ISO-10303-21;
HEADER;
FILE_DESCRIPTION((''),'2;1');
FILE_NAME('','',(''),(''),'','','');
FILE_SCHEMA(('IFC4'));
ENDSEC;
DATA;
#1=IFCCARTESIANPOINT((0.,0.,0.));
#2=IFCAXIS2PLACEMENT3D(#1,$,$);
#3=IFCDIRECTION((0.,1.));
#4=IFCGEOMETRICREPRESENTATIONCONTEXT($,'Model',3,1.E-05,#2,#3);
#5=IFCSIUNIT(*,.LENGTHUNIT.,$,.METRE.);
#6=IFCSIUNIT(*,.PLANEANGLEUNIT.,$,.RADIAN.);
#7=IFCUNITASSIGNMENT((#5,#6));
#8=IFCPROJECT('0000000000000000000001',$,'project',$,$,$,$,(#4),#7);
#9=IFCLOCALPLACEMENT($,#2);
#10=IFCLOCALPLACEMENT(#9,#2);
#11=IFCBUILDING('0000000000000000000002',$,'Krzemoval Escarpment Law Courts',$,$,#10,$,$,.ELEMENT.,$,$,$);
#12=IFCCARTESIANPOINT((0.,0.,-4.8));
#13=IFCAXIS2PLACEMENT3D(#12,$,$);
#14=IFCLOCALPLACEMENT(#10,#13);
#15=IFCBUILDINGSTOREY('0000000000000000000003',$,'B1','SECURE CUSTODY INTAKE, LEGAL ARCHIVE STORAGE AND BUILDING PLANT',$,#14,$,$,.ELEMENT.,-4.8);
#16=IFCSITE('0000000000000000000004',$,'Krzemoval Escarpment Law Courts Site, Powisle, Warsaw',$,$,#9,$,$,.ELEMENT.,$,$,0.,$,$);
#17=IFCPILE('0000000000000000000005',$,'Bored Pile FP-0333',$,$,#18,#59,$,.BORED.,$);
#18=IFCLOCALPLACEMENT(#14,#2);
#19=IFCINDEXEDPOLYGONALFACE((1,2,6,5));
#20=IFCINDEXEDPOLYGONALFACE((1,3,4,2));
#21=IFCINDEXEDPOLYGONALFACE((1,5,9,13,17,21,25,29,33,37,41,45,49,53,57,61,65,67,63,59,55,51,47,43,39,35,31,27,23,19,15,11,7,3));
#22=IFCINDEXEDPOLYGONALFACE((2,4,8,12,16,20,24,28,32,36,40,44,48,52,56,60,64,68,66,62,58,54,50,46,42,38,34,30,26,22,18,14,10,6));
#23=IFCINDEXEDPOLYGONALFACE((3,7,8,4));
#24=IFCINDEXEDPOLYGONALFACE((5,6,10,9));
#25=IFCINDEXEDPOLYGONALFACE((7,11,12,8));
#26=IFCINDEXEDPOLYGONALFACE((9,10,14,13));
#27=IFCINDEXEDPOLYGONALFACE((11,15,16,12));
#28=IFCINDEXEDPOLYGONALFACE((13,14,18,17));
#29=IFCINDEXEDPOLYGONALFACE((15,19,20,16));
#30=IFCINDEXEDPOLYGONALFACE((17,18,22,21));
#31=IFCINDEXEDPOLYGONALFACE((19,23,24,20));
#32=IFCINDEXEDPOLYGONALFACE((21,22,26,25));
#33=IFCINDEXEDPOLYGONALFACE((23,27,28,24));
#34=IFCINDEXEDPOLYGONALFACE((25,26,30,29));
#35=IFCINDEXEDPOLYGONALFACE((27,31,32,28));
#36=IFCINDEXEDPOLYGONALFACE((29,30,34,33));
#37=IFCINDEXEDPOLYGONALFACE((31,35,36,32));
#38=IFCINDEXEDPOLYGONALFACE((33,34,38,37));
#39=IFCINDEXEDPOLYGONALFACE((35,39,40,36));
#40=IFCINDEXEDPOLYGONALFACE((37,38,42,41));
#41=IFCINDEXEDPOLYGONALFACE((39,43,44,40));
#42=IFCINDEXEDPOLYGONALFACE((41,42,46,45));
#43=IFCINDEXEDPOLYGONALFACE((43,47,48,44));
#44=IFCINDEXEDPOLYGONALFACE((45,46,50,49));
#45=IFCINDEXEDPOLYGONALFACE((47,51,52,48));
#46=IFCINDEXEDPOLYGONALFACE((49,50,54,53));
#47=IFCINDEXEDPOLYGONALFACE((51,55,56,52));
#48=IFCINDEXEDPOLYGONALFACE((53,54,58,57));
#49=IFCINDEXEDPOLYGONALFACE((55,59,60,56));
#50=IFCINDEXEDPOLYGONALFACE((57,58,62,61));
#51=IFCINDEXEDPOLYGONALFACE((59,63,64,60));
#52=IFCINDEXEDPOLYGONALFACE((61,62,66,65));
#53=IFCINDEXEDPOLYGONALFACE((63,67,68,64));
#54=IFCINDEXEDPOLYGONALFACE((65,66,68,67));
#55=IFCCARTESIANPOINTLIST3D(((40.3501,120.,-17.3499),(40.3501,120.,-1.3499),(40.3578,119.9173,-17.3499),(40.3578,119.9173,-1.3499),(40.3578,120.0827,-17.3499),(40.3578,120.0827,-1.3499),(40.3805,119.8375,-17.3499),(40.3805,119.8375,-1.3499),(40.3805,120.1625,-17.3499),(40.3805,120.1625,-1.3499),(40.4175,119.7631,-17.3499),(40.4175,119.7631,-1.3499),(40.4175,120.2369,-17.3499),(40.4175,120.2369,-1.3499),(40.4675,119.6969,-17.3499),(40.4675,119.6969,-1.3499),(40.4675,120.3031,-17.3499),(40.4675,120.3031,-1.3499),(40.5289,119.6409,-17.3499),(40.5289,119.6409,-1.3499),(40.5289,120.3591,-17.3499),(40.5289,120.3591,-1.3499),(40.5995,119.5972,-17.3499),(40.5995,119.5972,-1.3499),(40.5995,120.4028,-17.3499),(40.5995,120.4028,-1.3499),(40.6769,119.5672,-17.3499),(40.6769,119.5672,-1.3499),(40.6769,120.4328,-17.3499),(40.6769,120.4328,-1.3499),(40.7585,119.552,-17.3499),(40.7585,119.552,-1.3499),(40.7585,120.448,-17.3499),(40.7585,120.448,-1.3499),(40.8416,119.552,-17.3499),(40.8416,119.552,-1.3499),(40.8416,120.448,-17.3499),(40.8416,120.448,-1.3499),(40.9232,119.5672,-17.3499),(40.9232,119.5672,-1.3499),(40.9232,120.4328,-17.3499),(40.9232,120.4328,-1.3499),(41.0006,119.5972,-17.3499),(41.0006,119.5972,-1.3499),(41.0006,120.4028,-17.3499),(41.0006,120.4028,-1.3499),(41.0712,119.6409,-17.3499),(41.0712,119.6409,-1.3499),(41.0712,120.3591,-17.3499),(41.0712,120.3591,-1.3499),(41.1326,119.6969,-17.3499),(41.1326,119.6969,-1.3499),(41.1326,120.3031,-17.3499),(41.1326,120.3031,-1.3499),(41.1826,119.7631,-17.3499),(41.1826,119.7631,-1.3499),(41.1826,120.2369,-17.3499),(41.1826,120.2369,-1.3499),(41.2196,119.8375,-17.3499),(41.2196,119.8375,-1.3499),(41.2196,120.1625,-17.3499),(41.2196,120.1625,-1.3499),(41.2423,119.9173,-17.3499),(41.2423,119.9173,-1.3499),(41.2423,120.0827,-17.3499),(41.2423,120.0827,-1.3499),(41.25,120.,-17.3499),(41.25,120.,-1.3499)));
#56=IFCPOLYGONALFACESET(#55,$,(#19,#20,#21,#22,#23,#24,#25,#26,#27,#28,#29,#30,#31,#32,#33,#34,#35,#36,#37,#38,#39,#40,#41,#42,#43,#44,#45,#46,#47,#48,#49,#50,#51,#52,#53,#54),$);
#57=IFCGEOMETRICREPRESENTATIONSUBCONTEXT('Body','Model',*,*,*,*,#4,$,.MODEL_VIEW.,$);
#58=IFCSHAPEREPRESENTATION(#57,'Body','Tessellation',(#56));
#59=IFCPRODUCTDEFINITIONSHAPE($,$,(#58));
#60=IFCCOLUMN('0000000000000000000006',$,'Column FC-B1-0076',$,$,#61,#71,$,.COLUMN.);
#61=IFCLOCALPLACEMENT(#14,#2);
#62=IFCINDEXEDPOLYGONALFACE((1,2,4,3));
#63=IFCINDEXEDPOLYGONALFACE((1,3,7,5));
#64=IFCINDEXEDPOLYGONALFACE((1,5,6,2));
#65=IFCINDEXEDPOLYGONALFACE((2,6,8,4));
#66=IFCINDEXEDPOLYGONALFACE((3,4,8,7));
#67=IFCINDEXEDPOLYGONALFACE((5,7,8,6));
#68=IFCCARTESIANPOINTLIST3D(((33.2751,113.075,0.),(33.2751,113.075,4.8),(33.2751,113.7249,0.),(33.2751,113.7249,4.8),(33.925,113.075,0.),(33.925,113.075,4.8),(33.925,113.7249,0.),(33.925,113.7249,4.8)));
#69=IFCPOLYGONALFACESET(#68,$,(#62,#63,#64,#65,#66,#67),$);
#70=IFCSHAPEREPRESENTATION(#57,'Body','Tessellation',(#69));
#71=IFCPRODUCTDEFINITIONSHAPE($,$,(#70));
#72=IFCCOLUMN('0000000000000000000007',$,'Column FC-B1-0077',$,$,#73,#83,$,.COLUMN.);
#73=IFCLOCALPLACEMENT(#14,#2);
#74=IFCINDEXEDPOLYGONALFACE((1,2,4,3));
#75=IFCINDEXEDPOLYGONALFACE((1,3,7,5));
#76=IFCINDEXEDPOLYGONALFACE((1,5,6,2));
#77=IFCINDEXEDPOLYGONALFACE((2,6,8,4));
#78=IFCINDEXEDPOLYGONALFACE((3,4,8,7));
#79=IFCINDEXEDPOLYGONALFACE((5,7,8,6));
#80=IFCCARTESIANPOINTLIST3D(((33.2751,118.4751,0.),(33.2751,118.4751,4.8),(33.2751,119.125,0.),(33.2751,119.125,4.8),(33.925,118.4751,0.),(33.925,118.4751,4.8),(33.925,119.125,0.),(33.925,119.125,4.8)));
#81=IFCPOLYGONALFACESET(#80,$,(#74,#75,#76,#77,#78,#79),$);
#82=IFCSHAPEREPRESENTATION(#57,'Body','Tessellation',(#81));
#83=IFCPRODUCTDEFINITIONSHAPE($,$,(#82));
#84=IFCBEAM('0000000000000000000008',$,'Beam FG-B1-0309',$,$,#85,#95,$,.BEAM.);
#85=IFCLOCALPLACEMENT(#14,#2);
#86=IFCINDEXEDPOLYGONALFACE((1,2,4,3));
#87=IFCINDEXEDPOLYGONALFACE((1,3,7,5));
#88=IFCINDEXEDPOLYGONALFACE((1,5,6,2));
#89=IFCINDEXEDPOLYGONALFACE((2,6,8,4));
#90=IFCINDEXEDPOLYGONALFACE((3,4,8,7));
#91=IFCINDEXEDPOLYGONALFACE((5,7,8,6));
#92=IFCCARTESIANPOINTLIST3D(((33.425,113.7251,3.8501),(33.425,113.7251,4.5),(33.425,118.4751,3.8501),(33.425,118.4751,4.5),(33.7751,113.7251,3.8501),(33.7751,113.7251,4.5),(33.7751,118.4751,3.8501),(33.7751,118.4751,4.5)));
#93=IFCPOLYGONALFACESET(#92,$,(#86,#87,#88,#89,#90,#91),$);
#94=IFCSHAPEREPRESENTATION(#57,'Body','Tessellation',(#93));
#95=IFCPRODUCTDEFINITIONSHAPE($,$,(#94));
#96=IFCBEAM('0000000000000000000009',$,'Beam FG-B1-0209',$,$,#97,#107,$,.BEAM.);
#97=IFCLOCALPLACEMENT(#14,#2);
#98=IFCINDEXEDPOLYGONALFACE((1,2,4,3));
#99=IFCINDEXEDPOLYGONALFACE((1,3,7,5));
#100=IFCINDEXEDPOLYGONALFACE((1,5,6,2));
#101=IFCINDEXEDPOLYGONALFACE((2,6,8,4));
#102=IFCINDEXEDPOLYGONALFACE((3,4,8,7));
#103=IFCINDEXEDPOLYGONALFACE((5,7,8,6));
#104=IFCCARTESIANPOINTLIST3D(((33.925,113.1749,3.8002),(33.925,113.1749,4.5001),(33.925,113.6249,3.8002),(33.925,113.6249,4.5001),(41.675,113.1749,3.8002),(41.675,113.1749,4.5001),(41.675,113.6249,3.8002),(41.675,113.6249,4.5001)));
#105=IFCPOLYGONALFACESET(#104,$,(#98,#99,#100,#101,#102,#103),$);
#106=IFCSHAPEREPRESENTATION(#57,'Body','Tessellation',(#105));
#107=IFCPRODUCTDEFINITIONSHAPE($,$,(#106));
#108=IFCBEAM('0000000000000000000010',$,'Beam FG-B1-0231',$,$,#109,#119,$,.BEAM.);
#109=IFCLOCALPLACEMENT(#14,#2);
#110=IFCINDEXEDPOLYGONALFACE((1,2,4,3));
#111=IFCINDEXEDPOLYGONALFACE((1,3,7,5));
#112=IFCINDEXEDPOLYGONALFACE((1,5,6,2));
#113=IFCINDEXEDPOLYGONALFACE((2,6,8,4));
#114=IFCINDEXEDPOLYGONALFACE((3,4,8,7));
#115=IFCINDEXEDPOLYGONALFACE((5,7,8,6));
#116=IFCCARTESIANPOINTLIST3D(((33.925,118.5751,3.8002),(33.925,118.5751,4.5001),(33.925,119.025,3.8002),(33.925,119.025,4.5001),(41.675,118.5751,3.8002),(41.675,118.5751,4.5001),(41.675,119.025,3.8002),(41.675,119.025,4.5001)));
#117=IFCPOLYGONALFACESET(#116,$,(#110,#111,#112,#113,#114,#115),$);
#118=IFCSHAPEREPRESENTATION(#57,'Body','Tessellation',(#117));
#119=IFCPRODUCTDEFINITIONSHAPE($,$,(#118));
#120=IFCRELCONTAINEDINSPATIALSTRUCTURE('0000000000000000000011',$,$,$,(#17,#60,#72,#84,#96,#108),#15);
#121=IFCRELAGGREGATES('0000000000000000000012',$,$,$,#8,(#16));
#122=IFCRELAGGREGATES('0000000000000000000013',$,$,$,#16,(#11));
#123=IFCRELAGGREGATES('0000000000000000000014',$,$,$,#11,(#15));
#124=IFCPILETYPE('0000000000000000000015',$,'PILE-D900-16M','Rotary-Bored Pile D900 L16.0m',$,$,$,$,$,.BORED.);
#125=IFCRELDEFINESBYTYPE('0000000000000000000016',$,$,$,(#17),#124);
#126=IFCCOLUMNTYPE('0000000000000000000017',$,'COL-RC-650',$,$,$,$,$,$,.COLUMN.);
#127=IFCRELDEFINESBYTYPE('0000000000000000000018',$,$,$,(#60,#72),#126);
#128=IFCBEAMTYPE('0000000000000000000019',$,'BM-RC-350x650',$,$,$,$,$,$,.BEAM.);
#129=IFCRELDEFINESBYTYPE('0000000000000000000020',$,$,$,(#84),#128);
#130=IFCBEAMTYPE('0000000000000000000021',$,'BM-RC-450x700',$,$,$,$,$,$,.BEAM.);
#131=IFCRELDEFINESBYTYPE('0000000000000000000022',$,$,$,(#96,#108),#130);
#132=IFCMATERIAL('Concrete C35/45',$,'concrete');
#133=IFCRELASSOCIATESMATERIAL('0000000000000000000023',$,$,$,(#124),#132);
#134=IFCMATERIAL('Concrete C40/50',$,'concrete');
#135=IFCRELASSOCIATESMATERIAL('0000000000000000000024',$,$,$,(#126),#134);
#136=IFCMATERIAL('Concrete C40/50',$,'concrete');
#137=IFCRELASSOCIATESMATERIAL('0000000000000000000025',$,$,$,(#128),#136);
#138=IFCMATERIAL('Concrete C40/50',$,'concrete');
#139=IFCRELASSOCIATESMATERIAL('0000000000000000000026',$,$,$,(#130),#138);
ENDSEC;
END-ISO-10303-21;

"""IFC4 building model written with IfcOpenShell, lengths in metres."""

from ifc_helpers import new_model, si_unit, direction, frame, origin, origin_2d, place, context, subcontext, project, spatial, rectangle, circle, extrude, material, material_profile, profile_set, type_object, element, save


model = new_model("IFC4")

# Units and contexts
model_context = context("Model", 3, precision=1e-05, world=origin(), true_north=direction((0.0, 1.0)))
body_context = subcontext(model_context, "Body", "Model", "MODEL_VIEW")
ifc_project = project(units=[si_unit("LENGTHUNIT", "METRE"), si_unit("PLANEANGLEUNIT", "RADIAN")], contexts=[model_context])

# Site, building, storey
site_placement = place(None, origin())
site = spatial("IfcSite", under=ifc_project, at=site_placement, Name="Krzemoval Escarpment Law Courts Site, Powisle, Warsaw", CompositionType="ELEMENT", RefElevation=0.0)
building_placement = place(site_placement, origin())
building = spatial("IfcBuilding", under=site, at=building_placement, Name="Krzemoval Escarpment Law Courts", CompositionType="ELEMENT")
storey_placement = place(building_placement, frame((0.0, 0.0, -4.8)))
storey = spatial("IfcBuildingStorey", under=building, at=storey_placement, Name="B1", Description="SECURE CUSTODY INTAKE, LEGAL ARCHIVE STORAGE AND BUILDING PLANT", CompositionType="ELEMENT", Elevation=-4.8)

# Pile
ifc_material_1 = material(Name="Concrete C35/45", Category="concrete")
ifc_material_profile_1 = material_profile(ifc_material_1, circle(Radius=0.45, at=origin_2d()), Name="PILE D900")
ifc_profile_set_1 = profile_set([ifc_material_profile_1], Name="Concrete C35/45")
pile_type = type_object("IfcPileType", Name="PILE-D900-16M", Description="Rotary-Bored Pile D900 L16.0m", PredefinedType="BORED", material=ifc_profile_set_1)
for number, where, z_axis, x_axis, name in (
    (1, (40.8, 120.0, -1.3499), (0.0, 0.0, -1.0), (1.0, 0.0, 0.0), "Bored Pile FP-0333"),
):
    element("IfcPile", number, at=place(storey_placement, frame(where, z_axis=z_axis, x_axis=x_axis)), inside=storey, type_object=pile_type, Name=name, PredefinedType="BORED", context=body_context, shape_type="SweptSolid", body=[
        extrude(circle(Radius=0.45, at=origin_2d()), origin(), (0.0, 0.0, 1.0), 16.0),
    ])

# Columns
ifc_material_2 = material(Name="Concrete C40/50", Category="concrete")
ifc_material_profile_2 = material_profile(ifc_material_2, rectangle(XDim=0.6499, YDim=0.6499, at=origin_2d()), Name="RC 650x650")
ifc_profile_set_2 = profile_set([ifc_material_profile_2], Name="Concrete C40/50")
column_type = type_object("IfcColumnType", Name="COL-RC-650", PredefinedType="COLUMN", material=ifc_profile_set_2)
for number, where, z_axis, x_axis, name in (
    (2, (33.6001, 113.3999, 0.0), (0.0, 0.0, 1.0), (1.0, 0.0, 0.0), "Column FC-B1-0076"),
    (3, (33.6001, 118.8, 0.0), (0.0, 0.0, 1.0), (1.0, 0.0, 0.0), "Column FC-B1-0077"),
):
    element("IfcColumn", number, at=place(storey_placement, frame(where, z_axis=z_axis, x_axis=x_axis)), inside=storey, type_object=column_type, Name=name, PredefinedType="COLUMN", context=body_context, shape_type="SweptSolid", body=[
        extrude(rectangle(XDim=0.6499, YDim=0.6499, at=origin_2d()), origin(), (0.0, 0.0, 1.0), 4.8),
    ])

# Beams
ifc_material_3 = material(Name="Concrete C40/50", Category="concrete")
ifc_material_profile_3 = material_profile(ifc_material_3, rectangle(XDim=0.3501, YDim=0.6499, at=origin_2d()), Name="RCB 350x650")
ifc_profile_set_3 = profile_set([ifc_material_profile_3], Name="Concrete C40/50")
beam_type_1 = type_object("IfcBeamType", Name="BM-RC-350x650", PredefinedType="BEAM", material=ifc_profile_set_3)
beam_placement = place(storey_placement, frame((33.6001, 113.7251, 4.175), z_axis=(0.0, 1.0, 0.0), x_axis=(-1.0, 0.0, 0.0)))
element("IfcBeam", 4, at=beam_placement, inside=storey, type_object=beam_type_1, Name="Beam FG-B1-0309", PredefinedType="BEAM", context=body_context, shape_type="SweptSolid", body=[
    extrude(rectangle(XDim=0.3501, YDim=0.6499, at=origin_2d()), origin(), (0.0, 0.0, 1.0), 4.75),
])
ifc_material_4 = material(Name="Concrete C40/50", Category="concrete")
ifc_material_profile_4 = material_profile(ifc_material_4, rectangle(XDim=0.45, YDim=0.7, at=origin_2d()), Name="RCB 450x700")
ifc_profile_set_4 = profile_set([ifc_material_profile_4], Name="Concrete C40/50")
beam_type_2 = type_object("IfcBeamType", Name="BM-RC-450x700", PredefinedType="BEAM", material=ifc_profile_set_4)
for number, where, z_axis, x_axis, name in (
    (5, (33.925, 113.3999, 4.1501), (1.0, 0.0, 0.0), (0.0, 1.0, 0.0), "Beam FG-B1-0209"),
    (6, (33.925, 118.8, 4.1501), (1.0, 0.0, 0.0), (0.0, 1.0, 0.0), "Beam FG-B1-0231"),
):
    element("IfcBeam", number, at=place(storey_placement, frame(where, z_axis=z_axis, x_axis=x_axis)), inside=storey, type_object=beam_type_2, Name=name, PredefinedType="BEAM", context=body_context, shape_type="SweptSolid", body=[
        extrude(rectangle(XDim=0.45, YDim=0.7, at=origin_2d()), origin(), (0.0, 0.0, 1.0), 7.75),
    ])

save(model, "model.ifc")
